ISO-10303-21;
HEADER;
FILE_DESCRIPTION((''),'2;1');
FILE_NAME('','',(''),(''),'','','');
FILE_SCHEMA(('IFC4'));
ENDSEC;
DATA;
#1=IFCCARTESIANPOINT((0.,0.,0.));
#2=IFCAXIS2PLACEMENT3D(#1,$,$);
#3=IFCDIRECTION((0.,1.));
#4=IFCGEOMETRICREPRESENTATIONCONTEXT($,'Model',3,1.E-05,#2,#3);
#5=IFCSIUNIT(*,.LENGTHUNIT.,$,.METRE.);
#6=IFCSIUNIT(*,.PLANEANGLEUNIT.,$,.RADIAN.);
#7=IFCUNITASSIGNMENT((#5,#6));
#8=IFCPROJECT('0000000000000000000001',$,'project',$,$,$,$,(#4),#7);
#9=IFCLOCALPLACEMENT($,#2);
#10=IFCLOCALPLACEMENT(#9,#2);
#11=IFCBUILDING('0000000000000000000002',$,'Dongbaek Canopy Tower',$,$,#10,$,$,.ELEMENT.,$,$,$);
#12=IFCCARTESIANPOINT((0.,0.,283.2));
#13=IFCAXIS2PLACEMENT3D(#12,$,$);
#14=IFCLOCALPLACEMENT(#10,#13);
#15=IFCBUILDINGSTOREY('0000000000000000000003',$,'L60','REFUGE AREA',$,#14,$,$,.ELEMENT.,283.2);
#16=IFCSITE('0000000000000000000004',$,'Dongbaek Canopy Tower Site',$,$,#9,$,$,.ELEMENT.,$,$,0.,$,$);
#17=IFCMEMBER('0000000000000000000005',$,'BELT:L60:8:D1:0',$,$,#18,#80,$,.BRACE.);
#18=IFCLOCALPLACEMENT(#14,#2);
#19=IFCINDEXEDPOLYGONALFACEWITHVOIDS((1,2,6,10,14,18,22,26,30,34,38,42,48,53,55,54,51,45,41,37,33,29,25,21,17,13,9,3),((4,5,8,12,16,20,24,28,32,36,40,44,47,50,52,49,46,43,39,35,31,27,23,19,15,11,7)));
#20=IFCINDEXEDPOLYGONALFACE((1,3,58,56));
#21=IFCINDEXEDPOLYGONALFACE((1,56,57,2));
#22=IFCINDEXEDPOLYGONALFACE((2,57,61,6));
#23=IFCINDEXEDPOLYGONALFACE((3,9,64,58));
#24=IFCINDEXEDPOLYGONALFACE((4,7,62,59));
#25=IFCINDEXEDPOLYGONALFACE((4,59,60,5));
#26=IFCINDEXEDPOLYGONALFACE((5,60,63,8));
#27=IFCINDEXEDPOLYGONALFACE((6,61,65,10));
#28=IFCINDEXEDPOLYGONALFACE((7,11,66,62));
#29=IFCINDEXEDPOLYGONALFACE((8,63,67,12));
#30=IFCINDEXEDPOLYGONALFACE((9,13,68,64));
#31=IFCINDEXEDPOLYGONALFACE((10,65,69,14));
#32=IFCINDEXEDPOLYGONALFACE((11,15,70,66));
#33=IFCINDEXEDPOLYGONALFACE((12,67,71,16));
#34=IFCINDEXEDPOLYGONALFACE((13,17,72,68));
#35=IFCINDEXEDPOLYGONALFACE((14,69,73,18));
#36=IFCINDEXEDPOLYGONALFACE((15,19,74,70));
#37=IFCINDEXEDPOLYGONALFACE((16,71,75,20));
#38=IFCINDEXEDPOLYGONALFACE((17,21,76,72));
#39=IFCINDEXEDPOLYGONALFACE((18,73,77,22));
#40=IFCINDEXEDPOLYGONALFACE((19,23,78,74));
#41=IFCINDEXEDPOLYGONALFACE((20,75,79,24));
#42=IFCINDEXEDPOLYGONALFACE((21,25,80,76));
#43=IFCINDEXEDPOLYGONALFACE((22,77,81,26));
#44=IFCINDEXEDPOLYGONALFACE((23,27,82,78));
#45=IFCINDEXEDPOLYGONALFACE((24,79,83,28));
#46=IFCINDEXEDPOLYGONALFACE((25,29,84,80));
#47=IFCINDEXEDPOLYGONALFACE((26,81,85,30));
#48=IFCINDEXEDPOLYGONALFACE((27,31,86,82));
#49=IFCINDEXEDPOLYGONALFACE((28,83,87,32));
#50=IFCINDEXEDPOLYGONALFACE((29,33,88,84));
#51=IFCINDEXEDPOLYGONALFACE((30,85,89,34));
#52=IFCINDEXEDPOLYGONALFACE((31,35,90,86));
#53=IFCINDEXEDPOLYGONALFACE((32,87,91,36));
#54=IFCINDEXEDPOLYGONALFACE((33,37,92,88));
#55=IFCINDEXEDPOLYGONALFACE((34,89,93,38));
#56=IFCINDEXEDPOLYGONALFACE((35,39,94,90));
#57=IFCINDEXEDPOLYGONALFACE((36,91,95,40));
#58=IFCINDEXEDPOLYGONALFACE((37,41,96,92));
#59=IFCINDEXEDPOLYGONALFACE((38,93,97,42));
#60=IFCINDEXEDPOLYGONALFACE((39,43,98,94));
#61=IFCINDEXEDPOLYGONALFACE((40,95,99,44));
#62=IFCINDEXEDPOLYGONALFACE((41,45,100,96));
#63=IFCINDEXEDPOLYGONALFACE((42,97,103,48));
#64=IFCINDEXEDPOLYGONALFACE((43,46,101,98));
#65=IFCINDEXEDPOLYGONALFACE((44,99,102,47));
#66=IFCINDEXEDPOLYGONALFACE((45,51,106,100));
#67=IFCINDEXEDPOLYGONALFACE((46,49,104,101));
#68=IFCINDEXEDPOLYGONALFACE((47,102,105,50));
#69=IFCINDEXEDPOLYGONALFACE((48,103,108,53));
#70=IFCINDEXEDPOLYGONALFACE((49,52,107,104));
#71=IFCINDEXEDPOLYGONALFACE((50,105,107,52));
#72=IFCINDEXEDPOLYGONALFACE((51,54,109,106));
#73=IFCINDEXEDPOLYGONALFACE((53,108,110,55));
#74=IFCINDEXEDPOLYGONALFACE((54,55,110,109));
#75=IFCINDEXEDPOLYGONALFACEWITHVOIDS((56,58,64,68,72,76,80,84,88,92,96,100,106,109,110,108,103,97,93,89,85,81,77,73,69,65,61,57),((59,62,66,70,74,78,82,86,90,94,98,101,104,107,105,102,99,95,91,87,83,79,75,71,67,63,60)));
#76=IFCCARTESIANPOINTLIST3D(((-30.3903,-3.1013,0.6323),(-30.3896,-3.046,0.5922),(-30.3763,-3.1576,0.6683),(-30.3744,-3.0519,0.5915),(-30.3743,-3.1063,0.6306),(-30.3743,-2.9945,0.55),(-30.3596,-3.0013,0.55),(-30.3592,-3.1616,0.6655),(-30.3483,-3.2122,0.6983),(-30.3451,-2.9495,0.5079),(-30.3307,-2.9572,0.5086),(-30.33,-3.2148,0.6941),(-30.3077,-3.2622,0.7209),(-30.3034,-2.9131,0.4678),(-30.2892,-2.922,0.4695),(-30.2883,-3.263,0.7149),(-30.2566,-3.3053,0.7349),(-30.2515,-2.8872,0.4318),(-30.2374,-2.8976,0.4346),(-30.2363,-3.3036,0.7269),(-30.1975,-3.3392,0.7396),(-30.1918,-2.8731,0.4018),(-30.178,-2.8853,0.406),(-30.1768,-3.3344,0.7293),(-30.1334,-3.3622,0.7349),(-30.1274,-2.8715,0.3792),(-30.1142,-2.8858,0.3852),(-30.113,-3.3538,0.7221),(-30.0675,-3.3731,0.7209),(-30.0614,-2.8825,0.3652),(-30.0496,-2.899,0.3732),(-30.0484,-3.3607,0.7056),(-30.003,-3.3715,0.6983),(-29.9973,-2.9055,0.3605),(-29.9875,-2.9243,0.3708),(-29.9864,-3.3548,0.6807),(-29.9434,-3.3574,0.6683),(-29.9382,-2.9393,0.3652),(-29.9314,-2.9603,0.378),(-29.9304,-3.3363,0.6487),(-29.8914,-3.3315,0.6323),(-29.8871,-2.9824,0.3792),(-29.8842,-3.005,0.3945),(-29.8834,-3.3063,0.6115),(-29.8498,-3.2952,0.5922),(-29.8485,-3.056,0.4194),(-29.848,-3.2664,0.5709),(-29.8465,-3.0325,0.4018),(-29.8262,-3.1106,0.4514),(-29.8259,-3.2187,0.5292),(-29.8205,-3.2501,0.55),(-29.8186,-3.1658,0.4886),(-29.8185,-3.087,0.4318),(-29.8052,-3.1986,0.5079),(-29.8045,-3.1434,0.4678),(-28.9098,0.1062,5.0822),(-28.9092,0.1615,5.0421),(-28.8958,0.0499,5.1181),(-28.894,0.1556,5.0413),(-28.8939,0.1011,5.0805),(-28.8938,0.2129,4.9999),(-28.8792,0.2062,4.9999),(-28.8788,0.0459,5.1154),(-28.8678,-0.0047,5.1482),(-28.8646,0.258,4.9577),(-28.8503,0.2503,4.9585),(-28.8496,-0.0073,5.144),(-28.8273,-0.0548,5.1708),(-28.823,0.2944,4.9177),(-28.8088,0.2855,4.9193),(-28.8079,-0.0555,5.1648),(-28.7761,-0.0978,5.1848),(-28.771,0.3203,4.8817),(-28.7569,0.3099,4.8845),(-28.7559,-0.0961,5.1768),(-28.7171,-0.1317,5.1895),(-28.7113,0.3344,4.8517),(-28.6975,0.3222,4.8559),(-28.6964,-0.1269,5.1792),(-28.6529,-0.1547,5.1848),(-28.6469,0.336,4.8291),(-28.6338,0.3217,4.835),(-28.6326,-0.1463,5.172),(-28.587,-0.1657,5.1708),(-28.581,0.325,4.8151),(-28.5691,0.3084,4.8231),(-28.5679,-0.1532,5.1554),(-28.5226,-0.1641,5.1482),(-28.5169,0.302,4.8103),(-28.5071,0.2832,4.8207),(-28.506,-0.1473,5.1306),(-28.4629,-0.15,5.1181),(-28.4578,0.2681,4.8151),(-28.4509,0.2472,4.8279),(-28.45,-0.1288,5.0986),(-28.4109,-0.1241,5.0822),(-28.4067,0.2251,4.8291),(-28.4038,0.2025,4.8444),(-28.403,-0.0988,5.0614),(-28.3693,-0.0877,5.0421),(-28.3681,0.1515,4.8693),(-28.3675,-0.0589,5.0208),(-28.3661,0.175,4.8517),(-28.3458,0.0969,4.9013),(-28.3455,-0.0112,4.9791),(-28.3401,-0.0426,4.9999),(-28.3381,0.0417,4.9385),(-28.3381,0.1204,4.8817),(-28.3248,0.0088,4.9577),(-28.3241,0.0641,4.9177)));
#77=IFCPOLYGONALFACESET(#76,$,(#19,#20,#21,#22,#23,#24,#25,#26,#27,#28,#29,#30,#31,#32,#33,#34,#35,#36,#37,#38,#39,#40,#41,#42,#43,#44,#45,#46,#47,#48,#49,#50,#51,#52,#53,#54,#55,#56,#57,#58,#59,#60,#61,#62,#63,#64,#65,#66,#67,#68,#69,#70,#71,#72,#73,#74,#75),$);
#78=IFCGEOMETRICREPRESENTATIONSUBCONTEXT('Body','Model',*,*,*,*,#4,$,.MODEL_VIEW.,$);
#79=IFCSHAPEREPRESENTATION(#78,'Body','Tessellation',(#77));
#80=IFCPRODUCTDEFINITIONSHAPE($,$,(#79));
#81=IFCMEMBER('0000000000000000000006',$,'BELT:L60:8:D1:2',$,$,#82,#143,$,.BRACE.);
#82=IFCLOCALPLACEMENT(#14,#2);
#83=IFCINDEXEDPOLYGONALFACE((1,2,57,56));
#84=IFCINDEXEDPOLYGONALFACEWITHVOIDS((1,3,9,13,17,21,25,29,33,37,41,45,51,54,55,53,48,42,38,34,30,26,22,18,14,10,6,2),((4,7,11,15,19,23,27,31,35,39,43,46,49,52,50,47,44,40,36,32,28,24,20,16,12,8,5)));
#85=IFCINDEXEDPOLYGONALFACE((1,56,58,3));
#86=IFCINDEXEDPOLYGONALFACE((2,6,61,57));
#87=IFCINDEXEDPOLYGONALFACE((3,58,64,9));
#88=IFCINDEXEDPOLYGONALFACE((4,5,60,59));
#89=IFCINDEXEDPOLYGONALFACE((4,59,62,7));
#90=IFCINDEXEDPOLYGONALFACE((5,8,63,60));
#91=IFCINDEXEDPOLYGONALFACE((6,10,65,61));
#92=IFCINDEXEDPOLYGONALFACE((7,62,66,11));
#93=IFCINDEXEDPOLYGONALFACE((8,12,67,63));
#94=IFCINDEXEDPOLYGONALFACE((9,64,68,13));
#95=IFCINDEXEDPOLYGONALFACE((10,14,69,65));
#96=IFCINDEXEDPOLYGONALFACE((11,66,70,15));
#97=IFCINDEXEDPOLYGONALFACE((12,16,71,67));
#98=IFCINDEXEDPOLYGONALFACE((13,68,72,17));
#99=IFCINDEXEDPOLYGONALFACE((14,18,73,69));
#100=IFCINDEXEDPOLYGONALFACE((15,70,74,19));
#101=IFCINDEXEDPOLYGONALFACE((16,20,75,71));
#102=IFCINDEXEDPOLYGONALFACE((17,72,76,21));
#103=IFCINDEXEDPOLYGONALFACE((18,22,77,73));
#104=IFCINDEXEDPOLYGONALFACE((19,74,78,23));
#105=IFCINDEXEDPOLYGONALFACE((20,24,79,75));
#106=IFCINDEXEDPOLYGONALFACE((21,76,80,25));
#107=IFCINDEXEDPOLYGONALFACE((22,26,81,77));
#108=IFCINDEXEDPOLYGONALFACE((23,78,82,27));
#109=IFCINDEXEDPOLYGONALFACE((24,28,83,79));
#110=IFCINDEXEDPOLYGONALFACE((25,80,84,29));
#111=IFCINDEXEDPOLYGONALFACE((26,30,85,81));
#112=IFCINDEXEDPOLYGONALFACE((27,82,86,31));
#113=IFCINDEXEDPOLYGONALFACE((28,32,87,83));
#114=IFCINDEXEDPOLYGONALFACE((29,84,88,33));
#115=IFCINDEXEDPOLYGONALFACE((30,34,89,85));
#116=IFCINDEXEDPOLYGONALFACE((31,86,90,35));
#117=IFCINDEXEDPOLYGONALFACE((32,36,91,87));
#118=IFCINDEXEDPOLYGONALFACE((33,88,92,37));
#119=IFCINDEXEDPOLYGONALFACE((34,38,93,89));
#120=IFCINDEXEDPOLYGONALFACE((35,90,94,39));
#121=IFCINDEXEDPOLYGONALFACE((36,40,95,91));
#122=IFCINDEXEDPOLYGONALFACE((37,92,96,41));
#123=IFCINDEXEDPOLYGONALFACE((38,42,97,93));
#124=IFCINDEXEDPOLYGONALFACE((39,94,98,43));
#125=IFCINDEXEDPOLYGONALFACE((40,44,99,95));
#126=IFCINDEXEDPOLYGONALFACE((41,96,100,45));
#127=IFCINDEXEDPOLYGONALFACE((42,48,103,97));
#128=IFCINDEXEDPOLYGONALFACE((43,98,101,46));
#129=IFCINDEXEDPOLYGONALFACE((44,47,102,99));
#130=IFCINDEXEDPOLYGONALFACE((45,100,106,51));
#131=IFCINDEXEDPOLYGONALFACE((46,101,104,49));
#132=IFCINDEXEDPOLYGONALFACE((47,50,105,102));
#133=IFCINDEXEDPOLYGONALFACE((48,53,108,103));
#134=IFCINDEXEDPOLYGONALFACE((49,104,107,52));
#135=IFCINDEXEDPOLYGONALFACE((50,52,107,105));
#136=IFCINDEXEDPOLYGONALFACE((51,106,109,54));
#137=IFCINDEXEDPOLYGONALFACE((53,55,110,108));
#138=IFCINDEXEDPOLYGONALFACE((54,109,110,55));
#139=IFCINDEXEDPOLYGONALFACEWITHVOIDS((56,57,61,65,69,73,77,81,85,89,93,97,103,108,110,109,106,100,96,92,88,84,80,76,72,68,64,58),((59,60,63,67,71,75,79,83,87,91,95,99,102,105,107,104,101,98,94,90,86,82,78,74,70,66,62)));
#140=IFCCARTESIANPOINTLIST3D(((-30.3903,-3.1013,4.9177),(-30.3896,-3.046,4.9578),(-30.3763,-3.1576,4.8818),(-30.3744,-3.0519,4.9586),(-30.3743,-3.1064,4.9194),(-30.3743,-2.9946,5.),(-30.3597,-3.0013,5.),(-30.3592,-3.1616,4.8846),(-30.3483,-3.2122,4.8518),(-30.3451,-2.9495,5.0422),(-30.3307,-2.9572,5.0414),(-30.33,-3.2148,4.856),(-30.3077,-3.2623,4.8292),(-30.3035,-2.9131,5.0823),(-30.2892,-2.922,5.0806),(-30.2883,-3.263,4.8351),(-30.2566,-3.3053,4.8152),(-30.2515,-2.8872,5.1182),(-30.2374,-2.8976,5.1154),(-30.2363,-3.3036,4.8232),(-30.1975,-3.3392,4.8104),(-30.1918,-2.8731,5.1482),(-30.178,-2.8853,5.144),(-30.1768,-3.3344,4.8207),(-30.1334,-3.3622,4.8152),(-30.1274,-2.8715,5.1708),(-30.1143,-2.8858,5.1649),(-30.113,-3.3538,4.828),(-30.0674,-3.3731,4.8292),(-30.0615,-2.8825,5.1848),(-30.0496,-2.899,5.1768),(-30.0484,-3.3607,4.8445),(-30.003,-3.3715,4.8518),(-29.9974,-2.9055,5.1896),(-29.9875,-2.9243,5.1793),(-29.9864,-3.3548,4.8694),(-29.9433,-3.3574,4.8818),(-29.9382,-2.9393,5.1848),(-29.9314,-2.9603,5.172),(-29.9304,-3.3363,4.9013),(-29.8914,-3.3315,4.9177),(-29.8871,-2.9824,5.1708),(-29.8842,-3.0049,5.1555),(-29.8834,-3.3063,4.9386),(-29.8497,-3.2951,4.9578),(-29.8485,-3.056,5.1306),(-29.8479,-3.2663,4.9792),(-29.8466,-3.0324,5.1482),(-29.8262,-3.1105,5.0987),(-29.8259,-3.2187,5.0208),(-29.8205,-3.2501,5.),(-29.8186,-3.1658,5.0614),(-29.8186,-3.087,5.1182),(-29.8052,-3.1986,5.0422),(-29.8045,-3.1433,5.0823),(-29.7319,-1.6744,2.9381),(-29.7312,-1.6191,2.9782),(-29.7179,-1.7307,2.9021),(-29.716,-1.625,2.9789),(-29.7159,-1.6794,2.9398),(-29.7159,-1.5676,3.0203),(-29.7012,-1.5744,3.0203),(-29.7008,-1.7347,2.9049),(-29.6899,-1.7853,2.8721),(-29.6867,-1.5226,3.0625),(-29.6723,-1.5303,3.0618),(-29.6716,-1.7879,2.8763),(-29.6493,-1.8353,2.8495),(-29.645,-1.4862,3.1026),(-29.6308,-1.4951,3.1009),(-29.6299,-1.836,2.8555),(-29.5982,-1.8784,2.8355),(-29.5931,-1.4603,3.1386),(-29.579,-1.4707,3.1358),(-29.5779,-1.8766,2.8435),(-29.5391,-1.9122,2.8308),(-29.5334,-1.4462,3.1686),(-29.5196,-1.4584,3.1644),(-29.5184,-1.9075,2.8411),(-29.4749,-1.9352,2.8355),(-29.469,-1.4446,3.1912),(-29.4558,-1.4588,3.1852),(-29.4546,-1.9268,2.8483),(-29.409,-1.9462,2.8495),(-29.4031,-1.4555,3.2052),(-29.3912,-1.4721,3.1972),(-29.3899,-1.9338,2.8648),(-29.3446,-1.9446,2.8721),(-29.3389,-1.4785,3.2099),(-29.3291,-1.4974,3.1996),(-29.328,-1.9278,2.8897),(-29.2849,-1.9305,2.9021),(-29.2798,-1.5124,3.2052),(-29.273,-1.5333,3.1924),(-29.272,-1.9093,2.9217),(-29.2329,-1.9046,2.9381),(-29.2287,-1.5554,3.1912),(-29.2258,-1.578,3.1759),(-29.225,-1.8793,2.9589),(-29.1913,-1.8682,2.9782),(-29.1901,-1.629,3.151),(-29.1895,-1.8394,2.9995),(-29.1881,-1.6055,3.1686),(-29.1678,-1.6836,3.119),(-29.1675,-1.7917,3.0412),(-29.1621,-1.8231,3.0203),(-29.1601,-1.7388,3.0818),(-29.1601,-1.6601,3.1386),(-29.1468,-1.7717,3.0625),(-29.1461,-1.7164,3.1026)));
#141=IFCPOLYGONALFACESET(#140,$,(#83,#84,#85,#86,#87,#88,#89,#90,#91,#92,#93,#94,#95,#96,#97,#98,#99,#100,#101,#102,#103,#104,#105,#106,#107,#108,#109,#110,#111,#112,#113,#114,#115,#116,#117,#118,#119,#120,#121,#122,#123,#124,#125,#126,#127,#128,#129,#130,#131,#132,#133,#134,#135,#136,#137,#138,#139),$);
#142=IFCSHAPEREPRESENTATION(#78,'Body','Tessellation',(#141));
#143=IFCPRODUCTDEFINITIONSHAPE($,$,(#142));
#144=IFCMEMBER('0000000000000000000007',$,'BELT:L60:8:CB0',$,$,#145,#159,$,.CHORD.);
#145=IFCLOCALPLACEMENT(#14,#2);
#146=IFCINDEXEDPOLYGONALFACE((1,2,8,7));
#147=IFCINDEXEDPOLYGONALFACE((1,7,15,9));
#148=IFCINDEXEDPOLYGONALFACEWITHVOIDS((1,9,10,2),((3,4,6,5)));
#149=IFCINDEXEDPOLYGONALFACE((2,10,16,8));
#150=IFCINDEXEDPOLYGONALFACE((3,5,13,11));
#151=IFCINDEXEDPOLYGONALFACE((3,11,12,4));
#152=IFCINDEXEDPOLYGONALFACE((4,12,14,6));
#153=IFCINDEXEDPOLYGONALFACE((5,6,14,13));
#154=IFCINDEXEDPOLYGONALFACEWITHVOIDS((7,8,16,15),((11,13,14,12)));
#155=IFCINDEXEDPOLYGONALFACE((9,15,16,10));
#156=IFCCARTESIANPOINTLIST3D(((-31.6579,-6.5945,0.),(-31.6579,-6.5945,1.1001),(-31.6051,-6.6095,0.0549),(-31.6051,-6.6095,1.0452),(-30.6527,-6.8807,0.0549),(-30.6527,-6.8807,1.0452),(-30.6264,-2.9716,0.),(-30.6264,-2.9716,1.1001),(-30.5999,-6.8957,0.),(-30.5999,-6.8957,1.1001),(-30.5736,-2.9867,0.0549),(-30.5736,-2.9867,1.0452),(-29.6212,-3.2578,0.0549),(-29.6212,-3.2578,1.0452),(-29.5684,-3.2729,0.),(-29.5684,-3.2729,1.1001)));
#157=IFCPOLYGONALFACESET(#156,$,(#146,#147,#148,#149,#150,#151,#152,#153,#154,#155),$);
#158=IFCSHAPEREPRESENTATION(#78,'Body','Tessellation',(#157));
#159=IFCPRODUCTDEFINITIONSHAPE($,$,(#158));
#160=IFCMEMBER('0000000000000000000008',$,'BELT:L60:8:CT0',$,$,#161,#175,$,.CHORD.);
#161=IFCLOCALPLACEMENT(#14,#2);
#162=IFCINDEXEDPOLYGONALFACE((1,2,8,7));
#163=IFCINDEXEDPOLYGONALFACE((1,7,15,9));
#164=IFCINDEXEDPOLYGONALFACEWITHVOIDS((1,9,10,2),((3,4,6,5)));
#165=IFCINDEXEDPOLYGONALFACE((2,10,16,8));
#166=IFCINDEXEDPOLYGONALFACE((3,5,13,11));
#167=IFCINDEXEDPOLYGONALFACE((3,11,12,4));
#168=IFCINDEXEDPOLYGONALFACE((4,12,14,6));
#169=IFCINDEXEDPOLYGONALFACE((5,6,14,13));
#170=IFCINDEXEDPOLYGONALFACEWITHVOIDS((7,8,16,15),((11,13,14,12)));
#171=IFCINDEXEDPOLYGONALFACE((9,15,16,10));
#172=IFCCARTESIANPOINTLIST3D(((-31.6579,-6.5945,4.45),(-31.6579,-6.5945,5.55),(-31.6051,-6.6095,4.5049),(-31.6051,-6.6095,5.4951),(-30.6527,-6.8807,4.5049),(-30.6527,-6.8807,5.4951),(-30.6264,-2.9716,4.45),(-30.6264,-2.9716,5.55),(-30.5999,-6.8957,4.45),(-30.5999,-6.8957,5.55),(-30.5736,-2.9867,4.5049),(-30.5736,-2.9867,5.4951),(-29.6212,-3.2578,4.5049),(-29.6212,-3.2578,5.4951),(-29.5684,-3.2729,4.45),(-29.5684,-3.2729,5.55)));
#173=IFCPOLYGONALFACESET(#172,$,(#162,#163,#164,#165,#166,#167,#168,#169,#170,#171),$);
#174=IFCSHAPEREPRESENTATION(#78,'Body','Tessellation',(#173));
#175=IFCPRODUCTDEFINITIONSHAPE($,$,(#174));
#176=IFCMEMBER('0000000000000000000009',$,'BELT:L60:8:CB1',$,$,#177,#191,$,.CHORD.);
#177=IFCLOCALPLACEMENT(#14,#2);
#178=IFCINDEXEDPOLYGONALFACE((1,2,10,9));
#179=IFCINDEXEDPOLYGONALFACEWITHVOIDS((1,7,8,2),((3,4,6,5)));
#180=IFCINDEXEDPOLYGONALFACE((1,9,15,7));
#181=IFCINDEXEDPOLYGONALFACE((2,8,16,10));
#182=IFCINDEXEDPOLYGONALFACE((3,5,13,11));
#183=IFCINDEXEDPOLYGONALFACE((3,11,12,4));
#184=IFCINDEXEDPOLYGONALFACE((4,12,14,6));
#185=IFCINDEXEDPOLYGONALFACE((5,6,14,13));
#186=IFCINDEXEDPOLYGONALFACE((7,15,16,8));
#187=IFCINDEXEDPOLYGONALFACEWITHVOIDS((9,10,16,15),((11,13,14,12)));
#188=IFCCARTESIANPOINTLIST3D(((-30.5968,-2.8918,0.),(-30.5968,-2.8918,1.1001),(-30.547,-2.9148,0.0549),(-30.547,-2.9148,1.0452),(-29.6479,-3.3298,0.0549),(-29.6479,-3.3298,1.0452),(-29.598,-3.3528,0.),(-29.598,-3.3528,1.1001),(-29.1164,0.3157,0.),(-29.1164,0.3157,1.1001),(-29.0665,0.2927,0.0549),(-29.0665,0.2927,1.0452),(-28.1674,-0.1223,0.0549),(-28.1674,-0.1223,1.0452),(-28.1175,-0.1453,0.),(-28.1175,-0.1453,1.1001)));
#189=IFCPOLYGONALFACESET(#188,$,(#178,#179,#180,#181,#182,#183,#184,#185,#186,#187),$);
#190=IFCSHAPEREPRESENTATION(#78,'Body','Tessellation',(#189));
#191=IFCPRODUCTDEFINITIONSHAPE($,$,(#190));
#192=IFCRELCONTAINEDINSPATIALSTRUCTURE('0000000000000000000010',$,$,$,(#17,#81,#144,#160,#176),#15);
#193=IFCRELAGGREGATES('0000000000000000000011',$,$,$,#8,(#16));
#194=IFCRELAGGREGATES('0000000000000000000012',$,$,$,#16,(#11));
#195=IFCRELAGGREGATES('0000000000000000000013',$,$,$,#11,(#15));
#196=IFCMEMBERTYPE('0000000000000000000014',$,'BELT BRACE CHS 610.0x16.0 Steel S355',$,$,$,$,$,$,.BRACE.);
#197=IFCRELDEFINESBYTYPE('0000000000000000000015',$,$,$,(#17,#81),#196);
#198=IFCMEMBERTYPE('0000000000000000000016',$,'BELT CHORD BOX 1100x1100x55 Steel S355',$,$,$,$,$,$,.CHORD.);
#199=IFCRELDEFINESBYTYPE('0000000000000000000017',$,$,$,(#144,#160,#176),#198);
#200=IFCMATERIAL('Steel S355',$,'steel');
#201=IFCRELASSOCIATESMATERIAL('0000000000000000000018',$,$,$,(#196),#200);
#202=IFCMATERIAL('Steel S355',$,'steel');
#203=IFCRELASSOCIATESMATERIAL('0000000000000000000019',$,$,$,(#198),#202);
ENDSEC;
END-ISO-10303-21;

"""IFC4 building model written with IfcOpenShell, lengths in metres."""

from ifc_helpers import new_model, si_unit, direction, frame, origin, origin_2d, place, context, subcontext, project, spatial, hollow_rectangle, hollow_circle, extrude, material, material_profile, profile_set, type_object, element, save


model = new_model("IFC4")

# Units and contexts
model_context = context("Model", 3, precision=1e-05, world=origin(), true_north=direction((0.0, 1.0)))
body_context = subcontext(model_context, "Body", "Model", "MODEL_VIEW")
ifc_project = project(units=[si_unit("LENGTHUNIT", "METRE"), si_unit("PLANEANGLEUNIT", "RADIAN")], contexts=[model_context])

# Site, building, storey
site_placement = place(None, origin())
site = spatial("IfcSite", under=ifc_project, at=site_placement, Name="Dongbaek Canopy Tower Site", CompositionType="ELEMENT", RefElevation=0.0)
building_placement = place(site_placement, origin())
building = spatial("IfcBuilding", under=site, at=building_placement, Name="Dongbaek Canopy Tower", CompositionType="ELEMENT")
storey_placement = place(building_placement, frame((0.0, 0.0, 283.2)))
storey = spatial("IfcBuildingStorey", under=building, at=storey_placement, Name="L60", Description="REFUGE AREA", CompositionType="ELEMENT", Elevation=283.2)

# Members
ifc_material_1 = material(Name="Steel S355", Category="steel")
ifc_material_profile_1 = material_profile(ifc_material_1, hollow_circle(Radius=0.3049, WallThickness=0.0161, at=origin_2d()), Name="BELT BRACE CHS 610.0x16.0 Steel S355")
ifc_profile_set_1 = profile_set([ifc_material_profile_1], Name="Steel S355")
member_type_1 = type_object("IfcMemberType", Name="BELT BRACE CHS 610.0x16.0 Steel S355", PredefinedType="BRACE", material=ifc_profile_set_1)
member_1_placement = place(storey_placement, frame((-30.0974, -3.1223, 0.55), z_axis=(0.260567, 0.564532, 0.783204), x_axis=(-0.907951, 0.419076, 0.0)))
element("IfcMember", 1, at=member_1_placement, inside=storey, type_object=member_type_1, Name="BELT:L60:8:D1:0", PredefinedType="BRACE", context=body_context, shape_type="SweptSolid", body=[
    extrude(hollow_circle(Radius=0.3049, WallThickness=0.0161, at=origin_2d()), origin(), (0.0, 0.0, 1.0), 5.6816),
])
member_2_placement = place(storey_placement, frame((-30.0974, -3.1223, 5.0), z_axis=(0.260493, 0.564547, -0.783218), x_axis=(-0.908, 0.41897, 0.0)))
element("IfcMember", 2, at=member_2_placement, inside=storey, type_object=member_type_1, Name="BELT:L60:8:D1:2", PredefinedType="BRACE", context=body_context, shape_type="SweptSolid", body=[
    extrude(hollow_circle(Radius=0.3049, WallThickness=0.0161, at=origin_2d()), origin(), (0.0, 0.0, 1.0), 2.5276),
])
ifc_material_2 = material(Name="Steel S355", Category="steel")
ifc_material_profile_2 = material_profile(ifc_material_2, hollow_rectangle(XDim=1.1001, YDim=1.1001, WallThickness=0.0549, at=origin_2d()), Name="BELT CHORD BOX 1100x1100x55 Steel S355")
ifc_profile_set_2 = profile_set([ifc_material_profile_2], Name="Steel S355")
member_type_2 = type_object("IfcMemberType", Name="BELT CHORD BOX 1100x1100x55 Steel S355", PredefinedType="CHORD", material=ifc_profile_set_2)
for number, where, z_axis, x_axis, name in (
    (3, (-31.1289, -6.7451, 0.55), (0.273839, 0.961775, 0.0), (-0.961775, 0.273839, 0.0), "BELT:L60:8:CB0"),
    (4, (-31.1289, -6.7451, 5.0), (0.273839, 0.961775, 0.0), (-0.961775, 0.273839, 0.0), "BELT:L60:8:CT0"),
):
    element("IfcMember", number, at=place(storey_placement, frame(where, z_axis=z_axis, x_axis=x_axis)), inside=storey, type_object=member_type_2, Name=name, PredefinedType="CHORD", context=body_context, shape_type="SweptSolid", body=[
        extrude(hollow_rectangle(XDim=1.1001, YDim=1.1001, WallThickness=0.0549, at=origin_2d()), origin(), (0.0, 0.0, 1.0), 3.7668),
    ])
for number, where, z_axis, x_axis, name in (
    (5, (-30.0974, -3.1223, 0.55), (0.419076, 0.907951, 0.0), (-0.907951, 0.419076, 0.0), "BELT:L60:8:CB1"),
):
    element("IfcMember", number, at=place(storey_placement, frame(where, z_axis=z_axis, x_axis=x_axis)), inside=storey, type_object=member_type_2, Name=name, PredefinedType="CHORD", context=body_context, shape_type="SweptSolid", body=[
        extrude(hollow_rectangle(XDim=1.1001, YDim=1.1001, WallThickness=0.0549, at=origin_2d()), origin(), (0.0, 0.0, 1.0), 3.5327),
    ])

save(model, "model.ifc")
